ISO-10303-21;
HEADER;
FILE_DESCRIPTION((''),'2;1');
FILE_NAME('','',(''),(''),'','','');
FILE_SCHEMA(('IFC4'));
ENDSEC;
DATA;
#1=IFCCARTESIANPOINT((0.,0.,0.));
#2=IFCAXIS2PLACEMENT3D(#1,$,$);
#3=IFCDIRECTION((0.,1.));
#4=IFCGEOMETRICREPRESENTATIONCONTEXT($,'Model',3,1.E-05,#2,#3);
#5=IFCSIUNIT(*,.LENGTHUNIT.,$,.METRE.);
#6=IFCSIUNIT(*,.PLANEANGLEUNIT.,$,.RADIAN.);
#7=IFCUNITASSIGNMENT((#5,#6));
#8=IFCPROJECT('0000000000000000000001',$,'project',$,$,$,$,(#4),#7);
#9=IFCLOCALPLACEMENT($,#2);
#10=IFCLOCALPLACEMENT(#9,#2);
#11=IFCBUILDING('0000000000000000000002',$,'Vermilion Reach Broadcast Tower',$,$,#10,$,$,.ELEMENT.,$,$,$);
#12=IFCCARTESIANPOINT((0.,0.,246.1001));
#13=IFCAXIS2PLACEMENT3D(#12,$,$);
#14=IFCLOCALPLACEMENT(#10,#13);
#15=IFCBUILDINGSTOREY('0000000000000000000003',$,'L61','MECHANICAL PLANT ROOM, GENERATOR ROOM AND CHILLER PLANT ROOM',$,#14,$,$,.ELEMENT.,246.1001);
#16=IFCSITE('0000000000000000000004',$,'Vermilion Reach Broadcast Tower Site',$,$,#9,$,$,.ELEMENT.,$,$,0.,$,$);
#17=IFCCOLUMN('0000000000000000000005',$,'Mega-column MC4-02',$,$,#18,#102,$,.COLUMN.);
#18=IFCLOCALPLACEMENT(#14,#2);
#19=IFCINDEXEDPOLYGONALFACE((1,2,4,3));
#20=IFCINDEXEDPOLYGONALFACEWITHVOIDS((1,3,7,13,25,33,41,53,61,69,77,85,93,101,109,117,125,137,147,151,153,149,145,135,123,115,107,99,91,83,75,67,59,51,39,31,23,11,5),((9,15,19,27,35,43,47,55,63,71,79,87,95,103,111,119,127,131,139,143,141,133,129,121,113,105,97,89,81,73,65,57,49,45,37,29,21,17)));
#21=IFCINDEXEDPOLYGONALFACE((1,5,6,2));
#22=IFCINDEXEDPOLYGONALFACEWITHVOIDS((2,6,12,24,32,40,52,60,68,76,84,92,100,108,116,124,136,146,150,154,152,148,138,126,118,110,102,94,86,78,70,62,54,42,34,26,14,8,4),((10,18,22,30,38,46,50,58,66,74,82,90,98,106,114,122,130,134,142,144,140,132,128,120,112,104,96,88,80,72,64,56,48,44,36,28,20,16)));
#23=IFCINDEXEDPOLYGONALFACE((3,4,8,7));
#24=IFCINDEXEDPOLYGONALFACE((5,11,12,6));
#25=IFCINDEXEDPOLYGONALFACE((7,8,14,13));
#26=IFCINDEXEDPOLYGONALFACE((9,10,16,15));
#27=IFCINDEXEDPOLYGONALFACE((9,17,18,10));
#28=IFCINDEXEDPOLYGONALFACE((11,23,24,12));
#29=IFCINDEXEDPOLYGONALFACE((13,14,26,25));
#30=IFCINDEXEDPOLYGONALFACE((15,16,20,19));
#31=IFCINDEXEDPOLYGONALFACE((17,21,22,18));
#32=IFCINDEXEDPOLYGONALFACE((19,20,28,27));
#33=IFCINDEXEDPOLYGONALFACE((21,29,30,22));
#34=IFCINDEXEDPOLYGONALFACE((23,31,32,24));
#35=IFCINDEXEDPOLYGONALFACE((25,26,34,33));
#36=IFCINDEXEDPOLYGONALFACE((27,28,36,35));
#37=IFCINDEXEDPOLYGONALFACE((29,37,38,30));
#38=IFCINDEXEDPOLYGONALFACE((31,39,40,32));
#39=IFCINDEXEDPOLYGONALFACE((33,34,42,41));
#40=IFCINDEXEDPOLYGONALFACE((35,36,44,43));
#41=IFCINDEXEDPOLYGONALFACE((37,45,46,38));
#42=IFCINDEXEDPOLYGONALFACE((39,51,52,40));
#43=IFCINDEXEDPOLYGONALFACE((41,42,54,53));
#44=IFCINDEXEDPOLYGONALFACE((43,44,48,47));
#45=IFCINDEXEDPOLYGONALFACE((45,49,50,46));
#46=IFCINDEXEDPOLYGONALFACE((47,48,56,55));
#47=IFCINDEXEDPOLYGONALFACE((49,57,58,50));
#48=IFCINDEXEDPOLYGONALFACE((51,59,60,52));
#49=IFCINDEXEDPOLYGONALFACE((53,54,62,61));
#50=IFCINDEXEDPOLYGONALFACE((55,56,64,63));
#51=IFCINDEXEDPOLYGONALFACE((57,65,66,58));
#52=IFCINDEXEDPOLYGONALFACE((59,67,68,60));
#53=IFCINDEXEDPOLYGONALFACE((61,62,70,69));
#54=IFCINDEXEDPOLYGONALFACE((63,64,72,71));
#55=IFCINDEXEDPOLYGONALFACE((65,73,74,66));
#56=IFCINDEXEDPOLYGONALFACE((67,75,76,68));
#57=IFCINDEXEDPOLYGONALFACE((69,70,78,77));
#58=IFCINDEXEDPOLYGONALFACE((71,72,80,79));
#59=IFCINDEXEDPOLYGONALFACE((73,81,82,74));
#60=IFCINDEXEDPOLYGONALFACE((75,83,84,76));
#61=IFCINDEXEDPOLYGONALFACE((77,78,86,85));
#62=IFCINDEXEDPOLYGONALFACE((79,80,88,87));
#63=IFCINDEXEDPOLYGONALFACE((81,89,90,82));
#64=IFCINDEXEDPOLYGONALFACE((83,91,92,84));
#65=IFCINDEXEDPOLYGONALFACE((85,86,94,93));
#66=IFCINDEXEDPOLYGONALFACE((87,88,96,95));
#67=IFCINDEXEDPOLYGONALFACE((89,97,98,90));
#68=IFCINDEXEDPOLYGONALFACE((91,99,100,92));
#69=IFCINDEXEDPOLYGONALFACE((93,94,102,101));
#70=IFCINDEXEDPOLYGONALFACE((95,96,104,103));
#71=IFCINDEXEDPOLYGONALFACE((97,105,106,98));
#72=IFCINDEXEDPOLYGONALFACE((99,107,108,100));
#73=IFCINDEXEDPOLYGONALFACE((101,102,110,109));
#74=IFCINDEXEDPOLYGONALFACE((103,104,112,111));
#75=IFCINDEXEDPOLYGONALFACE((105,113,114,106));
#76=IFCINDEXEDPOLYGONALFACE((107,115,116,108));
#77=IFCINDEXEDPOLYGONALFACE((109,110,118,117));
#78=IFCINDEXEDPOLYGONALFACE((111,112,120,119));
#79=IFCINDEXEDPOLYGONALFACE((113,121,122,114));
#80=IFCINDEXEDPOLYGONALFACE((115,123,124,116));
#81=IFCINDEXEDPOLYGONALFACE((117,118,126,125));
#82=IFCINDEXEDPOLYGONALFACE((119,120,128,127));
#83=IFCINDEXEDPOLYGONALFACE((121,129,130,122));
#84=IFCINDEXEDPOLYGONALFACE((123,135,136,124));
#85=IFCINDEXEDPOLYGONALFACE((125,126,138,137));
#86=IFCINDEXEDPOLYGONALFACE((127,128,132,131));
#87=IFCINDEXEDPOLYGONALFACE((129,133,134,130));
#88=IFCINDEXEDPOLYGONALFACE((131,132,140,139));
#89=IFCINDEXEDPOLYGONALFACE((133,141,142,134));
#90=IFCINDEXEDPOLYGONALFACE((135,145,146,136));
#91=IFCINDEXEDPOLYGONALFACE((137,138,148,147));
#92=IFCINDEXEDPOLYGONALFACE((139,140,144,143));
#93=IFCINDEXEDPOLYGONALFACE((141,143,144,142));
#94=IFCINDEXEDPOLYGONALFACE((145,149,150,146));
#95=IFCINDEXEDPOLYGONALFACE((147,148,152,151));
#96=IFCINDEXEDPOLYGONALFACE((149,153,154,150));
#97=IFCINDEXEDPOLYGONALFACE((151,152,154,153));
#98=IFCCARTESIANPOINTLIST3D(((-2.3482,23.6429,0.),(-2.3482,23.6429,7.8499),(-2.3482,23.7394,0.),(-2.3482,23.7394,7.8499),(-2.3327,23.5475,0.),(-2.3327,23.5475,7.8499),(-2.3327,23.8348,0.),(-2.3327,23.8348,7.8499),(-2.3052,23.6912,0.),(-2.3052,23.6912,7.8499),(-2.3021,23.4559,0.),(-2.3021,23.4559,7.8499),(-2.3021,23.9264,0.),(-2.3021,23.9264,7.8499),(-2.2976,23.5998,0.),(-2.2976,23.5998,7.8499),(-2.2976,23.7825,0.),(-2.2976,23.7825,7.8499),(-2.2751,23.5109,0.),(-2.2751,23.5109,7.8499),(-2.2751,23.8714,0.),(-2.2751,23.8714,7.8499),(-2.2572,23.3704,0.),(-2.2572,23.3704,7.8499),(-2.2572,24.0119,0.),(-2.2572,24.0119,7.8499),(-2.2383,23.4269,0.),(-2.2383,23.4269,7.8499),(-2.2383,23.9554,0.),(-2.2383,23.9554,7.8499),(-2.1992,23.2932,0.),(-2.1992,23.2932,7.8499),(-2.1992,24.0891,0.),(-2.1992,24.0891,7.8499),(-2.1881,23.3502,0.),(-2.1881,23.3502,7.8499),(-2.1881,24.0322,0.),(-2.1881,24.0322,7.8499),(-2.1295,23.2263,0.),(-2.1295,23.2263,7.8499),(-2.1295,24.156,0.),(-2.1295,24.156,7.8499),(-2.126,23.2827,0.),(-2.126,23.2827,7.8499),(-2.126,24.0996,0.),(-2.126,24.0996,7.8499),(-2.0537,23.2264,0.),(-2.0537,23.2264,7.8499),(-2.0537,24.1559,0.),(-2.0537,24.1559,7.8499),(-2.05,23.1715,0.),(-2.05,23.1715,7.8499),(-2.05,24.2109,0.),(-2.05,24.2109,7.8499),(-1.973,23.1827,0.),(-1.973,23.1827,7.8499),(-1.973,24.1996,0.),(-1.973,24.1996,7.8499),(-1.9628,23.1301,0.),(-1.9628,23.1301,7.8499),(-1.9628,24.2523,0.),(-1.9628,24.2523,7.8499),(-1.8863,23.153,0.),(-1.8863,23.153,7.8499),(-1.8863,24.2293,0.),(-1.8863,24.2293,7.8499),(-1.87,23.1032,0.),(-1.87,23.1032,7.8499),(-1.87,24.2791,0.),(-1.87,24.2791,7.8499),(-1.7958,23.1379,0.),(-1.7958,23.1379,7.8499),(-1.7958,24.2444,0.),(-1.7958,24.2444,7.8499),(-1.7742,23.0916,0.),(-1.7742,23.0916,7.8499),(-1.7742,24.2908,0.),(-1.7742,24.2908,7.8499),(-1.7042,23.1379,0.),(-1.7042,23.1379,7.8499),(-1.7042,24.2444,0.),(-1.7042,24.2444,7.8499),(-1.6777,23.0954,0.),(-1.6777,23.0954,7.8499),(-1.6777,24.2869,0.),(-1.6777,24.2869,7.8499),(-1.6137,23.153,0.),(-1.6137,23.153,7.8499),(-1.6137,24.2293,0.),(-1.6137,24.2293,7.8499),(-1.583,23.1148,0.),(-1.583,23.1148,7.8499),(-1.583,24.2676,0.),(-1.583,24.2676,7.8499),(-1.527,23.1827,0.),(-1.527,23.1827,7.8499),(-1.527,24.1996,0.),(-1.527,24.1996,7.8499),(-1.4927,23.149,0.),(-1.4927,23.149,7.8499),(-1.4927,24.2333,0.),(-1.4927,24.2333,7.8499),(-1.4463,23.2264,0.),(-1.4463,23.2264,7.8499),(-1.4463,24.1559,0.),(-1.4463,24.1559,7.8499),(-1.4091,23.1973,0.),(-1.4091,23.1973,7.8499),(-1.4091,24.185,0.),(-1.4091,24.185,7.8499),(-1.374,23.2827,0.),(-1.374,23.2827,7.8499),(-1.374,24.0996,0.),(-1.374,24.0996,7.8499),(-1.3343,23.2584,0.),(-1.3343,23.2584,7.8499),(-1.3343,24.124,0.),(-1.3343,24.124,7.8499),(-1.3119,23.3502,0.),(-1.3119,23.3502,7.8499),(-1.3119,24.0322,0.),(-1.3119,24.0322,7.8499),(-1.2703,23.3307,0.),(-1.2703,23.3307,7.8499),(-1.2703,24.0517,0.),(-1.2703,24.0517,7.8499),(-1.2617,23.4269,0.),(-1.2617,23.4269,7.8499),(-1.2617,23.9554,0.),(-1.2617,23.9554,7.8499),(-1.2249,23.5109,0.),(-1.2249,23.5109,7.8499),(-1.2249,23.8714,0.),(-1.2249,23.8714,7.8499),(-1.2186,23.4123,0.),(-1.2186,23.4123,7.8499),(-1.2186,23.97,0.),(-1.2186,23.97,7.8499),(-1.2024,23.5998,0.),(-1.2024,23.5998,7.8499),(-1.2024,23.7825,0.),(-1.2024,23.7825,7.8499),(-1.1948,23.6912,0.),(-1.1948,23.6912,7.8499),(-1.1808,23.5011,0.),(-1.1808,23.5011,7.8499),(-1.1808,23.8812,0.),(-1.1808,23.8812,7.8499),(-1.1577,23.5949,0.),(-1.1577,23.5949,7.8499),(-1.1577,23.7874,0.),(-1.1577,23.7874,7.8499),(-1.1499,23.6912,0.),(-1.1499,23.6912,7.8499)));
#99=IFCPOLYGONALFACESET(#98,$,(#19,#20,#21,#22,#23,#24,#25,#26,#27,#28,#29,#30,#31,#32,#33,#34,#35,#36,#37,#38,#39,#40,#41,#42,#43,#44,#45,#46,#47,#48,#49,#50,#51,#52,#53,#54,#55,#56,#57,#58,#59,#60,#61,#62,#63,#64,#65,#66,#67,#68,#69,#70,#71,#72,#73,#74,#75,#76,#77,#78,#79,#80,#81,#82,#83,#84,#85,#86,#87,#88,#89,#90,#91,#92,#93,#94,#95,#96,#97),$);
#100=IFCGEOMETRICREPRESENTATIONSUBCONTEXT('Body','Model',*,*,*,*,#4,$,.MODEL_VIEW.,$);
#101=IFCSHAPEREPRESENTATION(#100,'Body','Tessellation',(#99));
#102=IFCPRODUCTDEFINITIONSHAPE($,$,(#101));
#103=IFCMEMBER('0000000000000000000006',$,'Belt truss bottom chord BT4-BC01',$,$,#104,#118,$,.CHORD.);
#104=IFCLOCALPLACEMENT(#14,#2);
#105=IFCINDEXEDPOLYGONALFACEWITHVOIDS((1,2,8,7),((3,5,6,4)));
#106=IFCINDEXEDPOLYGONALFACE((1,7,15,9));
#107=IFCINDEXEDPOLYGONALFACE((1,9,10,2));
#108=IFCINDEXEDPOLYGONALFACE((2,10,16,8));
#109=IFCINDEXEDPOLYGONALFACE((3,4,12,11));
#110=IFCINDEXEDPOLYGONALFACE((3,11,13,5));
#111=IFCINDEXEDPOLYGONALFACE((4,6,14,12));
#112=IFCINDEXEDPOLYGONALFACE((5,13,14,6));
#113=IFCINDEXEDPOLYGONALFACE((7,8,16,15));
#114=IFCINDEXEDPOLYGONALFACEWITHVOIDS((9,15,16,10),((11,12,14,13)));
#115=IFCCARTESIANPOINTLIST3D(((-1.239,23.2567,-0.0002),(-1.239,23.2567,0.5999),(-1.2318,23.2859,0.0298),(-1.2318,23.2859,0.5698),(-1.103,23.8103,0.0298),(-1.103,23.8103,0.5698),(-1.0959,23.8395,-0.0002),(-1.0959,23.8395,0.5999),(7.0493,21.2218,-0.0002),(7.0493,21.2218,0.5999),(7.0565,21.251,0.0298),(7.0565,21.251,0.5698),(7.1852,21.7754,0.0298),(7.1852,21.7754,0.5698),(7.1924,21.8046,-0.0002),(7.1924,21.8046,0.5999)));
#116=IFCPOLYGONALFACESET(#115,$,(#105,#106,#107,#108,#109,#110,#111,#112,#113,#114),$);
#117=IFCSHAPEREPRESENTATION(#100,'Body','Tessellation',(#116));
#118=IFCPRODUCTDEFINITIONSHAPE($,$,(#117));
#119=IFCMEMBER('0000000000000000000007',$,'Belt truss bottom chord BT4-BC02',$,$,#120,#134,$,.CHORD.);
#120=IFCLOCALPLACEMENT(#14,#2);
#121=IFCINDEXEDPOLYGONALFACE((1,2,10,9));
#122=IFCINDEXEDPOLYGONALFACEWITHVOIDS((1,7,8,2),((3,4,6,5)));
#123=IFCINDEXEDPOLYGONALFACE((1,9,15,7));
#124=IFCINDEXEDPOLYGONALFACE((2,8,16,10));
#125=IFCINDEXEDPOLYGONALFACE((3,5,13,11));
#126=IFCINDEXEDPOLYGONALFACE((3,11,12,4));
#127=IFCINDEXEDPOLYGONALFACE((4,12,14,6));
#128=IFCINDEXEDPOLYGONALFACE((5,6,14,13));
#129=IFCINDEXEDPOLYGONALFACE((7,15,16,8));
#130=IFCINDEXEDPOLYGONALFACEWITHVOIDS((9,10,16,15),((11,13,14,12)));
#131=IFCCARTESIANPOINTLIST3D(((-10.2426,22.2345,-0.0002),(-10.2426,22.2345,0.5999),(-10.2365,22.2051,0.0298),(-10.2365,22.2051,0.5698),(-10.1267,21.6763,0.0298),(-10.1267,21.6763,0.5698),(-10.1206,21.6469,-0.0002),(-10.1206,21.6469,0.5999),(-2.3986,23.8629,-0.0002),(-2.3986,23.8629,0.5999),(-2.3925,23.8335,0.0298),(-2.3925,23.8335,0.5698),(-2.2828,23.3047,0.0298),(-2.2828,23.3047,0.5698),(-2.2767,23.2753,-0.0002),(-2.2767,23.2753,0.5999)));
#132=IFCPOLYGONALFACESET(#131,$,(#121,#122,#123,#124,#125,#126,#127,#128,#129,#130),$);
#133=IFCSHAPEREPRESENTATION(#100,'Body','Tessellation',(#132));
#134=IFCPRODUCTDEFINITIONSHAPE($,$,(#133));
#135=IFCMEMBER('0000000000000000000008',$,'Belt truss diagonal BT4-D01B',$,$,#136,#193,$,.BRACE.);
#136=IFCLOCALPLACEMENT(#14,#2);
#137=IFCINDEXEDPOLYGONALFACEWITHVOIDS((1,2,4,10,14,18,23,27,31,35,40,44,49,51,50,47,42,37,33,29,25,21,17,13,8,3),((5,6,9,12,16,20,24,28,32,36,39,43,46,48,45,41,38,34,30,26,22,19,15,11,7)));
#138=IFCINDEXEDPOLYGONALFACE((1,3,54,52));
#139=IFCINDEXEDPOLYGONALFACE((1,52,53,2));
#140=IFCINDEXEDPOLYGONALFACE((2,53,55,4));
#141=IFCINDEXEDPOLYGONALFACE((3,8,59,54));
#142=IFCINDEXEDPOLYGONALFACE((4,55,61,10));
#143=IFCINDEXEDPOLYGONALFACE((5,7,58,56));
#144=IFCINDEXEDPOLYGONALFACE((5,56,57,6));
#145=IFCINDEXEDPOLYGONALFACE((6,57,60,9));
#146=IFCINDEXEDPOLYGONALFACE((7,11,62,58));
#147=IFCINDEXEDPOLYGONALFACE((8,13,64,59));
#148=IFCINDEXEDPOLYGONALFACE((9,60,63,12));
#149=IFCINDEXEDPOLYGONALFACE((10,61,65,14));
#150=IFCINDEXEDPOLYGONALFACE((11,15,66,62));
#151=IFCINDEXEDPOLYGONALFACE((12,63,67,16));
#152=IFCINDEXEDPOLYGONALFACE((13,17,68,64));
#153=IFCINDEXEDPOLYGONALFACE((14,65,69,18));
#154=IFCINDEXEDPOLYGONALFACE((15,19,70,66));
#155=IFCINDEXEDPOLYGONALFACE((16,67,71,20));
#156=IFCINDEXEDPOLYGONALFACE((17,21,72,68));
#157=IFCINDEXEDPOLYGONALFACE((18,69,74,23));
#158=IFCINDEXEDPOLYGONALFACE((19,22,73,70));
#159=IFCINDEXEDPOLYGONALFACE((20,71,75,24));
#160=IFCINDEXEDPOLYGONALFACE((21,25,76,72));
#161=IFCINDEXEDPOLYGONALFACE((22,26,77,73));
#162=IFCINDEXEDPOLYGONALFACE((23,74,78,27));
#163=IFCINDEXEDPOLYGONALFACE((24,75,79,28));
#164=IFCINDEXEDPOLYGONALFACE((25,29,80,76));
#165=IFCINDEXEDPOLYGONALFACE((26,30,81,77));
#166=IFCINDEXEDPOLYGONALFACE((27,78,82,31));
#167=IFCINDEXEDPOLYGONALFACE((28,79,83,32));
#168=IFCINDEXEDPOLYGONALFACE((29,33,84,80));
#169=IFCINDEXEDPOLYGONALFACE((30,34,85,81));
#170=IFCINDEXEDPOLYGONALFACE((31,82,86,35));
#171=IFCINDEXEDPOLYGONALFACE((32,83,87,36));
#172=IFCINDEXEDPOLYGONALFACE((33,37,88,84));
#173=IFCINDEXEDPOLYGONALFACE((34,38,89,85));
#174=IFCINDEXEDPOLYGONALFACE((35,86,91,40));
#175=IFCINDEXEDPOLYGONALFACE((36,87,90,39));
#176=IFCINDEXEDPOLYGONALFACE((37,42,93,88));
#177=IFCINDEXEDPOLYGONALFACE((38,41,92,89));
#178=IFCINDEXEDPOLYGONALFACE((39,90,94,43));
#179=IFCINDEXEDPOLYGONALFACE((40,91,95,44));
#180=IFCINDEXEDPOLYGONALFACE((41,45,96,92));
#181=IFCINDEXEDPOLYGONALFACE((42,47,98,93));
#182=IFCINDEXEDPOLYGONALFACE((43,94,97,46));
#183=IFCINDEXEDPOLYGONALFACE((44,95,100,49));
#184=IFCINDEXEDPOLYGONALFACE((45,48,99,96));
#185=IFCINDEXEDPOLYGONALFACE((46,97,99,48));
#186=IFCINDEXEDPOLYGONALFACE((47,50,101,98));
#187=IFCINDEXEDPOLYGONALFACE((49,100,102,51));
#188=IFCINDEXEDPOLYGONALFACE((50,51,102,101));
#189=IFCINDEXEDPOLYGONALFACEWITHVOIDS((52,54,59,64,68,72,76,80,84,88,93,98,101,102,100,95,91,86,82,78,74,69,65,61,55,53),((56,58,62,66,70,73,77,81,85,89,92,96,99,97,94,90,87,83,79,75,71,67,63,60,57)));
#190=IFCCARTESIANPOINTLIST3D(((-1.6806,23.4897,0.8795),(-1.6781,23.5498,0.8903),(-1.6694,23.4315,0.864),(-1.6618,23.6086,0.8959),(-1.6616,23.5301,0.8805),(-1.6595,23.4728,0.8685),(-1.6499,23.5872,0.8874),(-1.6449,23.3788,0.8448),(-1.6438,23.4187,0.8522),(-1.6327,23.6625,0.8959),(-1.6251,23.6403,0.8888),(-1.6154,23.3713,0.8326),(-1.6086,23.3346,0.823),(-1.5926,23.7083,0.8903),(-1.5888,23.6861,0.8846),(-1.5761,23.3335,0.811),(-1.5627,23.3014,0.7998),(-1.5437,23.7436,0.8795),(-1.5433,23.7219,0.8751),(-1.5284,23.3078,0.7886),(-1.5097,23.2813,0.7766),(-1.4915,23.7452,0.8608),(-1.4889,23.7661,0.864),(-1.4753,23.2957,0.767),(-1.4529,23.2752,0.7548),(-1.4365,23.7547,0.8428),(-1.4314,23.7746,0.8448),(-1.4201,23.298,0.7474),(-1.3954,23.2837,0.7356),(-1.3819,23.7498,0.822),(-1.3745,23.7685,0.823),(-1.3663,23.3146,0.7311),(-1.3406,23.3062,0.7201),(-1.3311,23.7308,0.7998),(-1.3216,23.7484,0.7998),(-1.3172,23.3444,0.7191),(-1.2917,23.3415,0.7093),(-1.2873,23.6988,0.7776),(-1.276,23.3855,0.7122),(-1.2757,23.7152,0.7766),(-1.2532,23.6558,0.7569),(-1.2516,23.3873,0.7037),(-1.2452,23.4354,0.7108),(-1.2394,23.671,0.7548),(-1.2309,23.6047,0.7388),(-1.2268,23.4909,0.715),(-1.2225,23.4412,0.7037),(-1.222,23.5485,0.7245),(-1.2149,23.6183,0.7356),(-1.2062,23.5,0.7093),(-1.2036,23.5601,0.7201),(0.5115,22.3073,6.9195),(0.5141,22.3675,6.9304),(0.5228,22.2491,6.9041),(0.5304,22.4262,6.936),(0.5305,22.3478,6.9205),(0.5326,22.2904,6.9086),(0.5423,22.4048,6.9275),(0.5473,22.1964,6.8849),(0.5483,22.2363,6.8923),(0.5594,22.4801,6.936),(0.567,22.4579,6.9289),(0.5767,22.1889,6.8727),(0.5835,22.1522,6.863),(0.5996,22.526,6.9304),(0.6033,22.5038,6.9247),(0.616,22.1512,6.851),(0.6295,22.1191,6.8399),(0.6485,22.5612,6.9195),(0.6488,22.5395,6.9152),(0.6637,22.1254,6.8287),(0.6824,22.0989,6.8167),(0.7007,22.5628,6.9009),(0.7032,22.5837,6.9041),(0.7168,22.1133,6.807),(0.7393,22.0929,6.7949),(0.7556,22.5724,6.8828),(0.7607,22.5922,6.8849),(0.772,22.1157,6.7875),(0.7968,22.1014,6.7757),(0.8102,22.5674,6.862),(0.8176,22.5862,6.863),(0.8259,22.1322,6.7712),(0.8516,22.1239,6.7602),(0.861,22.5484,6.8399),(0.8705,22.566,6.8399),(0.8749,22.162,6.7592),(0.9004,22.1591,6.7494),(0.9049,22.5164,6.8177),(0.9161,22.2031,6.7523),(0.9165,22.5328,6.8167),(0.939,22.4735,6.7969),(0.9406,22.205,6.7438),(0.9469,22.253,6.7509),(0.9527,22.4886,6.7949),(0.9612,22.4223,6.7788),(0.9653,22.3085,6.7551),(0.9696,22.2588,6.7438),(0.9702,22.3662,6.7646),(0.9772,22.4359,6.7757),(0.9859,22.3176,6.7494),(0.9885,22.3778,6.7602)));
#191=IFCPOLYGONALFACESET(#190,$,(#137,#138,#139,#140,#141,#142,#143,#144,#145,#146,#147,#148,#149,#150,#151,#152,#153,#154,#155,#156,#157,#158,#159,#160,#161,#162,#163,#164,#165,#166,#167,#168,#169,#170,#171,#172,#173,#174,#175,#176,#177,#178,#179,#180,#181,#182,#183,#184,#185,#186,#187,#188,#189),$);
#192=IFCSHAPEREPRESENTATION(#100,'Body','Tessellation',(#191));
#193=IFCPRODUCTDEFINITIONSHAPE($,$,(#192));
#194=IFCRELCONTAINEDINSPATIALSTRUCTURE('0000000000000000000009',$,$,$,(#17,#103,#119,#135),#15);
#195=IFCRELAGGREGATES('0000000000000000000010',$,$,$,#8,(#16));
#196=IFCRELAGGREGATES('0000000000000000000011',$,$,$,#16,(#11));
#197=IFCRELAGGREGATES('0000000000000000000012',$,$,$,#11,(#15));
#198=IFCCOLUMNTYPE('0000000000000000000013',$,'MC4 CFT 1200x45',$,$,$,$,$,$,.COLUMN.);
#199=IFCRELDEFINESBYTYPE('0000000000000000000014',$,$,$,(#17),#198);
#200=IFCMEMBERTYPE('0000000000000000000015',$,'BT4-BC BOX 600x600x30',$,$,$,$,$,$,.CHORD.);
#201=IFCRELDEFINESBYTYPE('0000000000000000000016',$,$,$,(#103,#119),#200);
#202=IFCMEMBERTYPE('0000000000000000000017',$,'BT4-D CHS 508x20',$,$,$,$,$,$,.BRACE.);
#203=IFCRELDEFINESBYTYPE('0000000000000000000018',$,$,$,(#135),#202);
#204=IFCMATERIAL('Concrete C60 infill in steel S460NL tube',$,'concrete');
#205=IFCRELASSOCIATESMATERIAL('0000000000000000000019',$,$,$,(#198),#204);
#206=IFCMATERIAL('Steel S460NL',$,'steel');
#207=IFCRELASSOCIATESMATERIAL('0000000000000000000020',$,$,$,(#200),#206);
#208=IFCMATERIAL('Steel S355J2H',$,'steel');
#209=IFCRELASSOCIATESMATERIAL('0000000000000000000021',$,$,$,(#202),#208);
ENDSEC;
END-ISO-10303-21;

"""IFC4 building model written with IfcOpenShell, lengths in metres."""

from ifc_helpers import new_model, si_unit, direction, frame, origin, origin_2d, place, context, subcontext, project, spatial, hollow_rectangle, hollow_circle, extrude, material, material_profile, profile_set, type_object, element, save


model = new_model("IFC4")

# Units and contexts
model_context = context("Model", 3, precision=1e-05, world=origin(), true_north=direction((0.0, 1.0)))
body_context = subcontext(model_context, "Body", "Model", "MODEL_VIEW")
ifc_project = project(units=[si_unit("LENGTHUNIT", "METRE"), si_unit("PLANEANGLEUNIT", "RADIAN")], contexts=[model_context])

# Site, building, storey
site_placement = place(None, origin())
site = spatial("IfcSite", under=ifc_project, at=site_placement, Name="Vermilion Reach Broadcast Tower Site", CompositionType="ELEMENT", RefElevation=0.0)
building_placement = place(site_placement, origin())
building = spatial("IfcBuilding", under=site, at=building_placement, Name="Vermilion Reach Broadcast Tower", CompositionType="ELEMENT")
storey_placement = place(building_placement, frame((0.0, 0.0, 246.1001)))
storey = spatial("IfcBuildingStorey", under=building, at=storey_placement, Name="L61", Description="MECHANICAL PLANT ROOM, GENERATOR ROOM AND CHILLER PLANT ROOM", CompositionType="ELEMENT", Elevation=246.1001)

# Column
ifc_material_1 = material(Name="Concrete C60 infill in steel S460NL tube", Category="concrete")
ifc_material_profile_1 = material_profile(ifc_material_1, hollow_circle(Radius=0.6001, WallThickness=0.0449, at=origin_2d()), Name="Concrete C60 infill in steel S460NL tube CFT 1200x45")
ifc_profile_set_1 = profile_set([ifc_material_profile_1], Name="Concrete C60 infill in steel S460NL tube")
column_type = type_object("IfcColumnType", Name="MC4 CFT 1200x45", PredefinedType="COLUMN", material=ifc_profile_set_1)
column_placement = place(storey_placement, frame((-1.75, 23.6912, 0.0), z_axis=(0.0, 0.0, 1.0), x_axis=(1.0, 0.0, 0.0)))
element("IfcColumn", 1, at=column_placement, inside=storey, type_object=column_type, Name="Mega-column MC4-02", PredefinedType="COLUMN", context=body_context, shape_type="SweptSolid", body=[
    extrude(hollow_circle(Radius=0.6001, WallThickness=0.0449, at=origin_2d()), origin(), (0.0, 0.0, 1.0), 7.8499),
])

# Members
ifc_material_2 = material(Name="Steel S460NL", Category="steel")
ifc_material_profile_2 = material_profile(ifc_material_2, hollow_rectangle(XDim=0.6001, YDim=0.6001, WallThickness=0.03, at=origin_2d()), Name="S460NL BOX 600x600x30")
ifc_profile_set_2 = profile_set([ifc_material_profile_2], Name="Steel S460NL")
member_type_1 = type_object("IfcMemberType", Name="BT4-BC BOX 600x600x30", PredefinedType="CHORD", material=ifc_profile_set_2)
member_1_placement = place(storey_placement, frame((7.1208, 21.5132, 0.2998), z_axis=(-0.971159, 0.238434, 0.0), x_axis=(-0.238434, -0.971159, 0.0)))
element("IfcMember", 2, at=member_1_placement, inside=storey, type_object=member_type_1, Name="Belt truss bottom chord BT4-BC01", PredefinedType="CHORD", context=body_context, shape_type="SweptSolid", body=[
    extrude(hollow_rectangle(XDim=0.6001, YDim=0.6001, WallThickness=0.03, at=origin_2d()), origin(), (0.0, 0.0, 1.0), 8.5344),
])
member_2_placement = place(storey_placement, frame((-2.3376, 23.5691, 0.2998), z_axis=(-0.979123, -0.203267, 0.0), x_axis=(0.203267, -0.979123, 0.0)))
element("IfcMember", 3, at=member_2_placement, inside=storey, type_object=member_type_1, Name="Belt truss bottom chord BT4-BC02", PredefinedType="CHORD", context=body_context, shape_type="SweptSolid", body=[
    extrude(hollow_rectangle(XDim=0.6001, YDim=0.6001, WallThickness=0.03, at=origin_2d()), origin(), (0.0, 0.0, 1.0), 8.0112),
])
ifc_material_3 = material(Name="Steel S355J2H", Category="steel")
ifc_material_profile_3 = material_profile(ifc_material_3, hollow_circle(Radius=0.2539, WallThickness=0.02, at=origin_2d()), Name="S355J2H CHS 508x20")
ifc_profile_set_3 = profile_set([ifc_material_profile_3], Name="Steel S355J2H")
member_type_2 = type_object("IfcMemberType", Name="BT4-D CHS 508x20", PredefinedType="BRACE", material=ifc_profile_set_3)
member_3_placement = place(storey_placement, frame((-1.4421, 23.5249, 0.7998), z_axis=(0.335527, -0.180973, 0.924484), x_axis=(0.474719, 0.880137, 0.0)))
element("IfcMember", 4, at=member_3_placement, inside=storey, type_object=member_type_2, Name="Belt truss diagonal BT4-D01B", PredefinedType="BRACE", context=body_context, shape_type="SweptSolid", body=[
    extrude(hollow_circle(Radius=0.2539, WallThickness=0.02, at=origin_2d()), origin(), (0.0, 0.0, 1.0), 6.5334),
])

save(model, "model.ifc")
